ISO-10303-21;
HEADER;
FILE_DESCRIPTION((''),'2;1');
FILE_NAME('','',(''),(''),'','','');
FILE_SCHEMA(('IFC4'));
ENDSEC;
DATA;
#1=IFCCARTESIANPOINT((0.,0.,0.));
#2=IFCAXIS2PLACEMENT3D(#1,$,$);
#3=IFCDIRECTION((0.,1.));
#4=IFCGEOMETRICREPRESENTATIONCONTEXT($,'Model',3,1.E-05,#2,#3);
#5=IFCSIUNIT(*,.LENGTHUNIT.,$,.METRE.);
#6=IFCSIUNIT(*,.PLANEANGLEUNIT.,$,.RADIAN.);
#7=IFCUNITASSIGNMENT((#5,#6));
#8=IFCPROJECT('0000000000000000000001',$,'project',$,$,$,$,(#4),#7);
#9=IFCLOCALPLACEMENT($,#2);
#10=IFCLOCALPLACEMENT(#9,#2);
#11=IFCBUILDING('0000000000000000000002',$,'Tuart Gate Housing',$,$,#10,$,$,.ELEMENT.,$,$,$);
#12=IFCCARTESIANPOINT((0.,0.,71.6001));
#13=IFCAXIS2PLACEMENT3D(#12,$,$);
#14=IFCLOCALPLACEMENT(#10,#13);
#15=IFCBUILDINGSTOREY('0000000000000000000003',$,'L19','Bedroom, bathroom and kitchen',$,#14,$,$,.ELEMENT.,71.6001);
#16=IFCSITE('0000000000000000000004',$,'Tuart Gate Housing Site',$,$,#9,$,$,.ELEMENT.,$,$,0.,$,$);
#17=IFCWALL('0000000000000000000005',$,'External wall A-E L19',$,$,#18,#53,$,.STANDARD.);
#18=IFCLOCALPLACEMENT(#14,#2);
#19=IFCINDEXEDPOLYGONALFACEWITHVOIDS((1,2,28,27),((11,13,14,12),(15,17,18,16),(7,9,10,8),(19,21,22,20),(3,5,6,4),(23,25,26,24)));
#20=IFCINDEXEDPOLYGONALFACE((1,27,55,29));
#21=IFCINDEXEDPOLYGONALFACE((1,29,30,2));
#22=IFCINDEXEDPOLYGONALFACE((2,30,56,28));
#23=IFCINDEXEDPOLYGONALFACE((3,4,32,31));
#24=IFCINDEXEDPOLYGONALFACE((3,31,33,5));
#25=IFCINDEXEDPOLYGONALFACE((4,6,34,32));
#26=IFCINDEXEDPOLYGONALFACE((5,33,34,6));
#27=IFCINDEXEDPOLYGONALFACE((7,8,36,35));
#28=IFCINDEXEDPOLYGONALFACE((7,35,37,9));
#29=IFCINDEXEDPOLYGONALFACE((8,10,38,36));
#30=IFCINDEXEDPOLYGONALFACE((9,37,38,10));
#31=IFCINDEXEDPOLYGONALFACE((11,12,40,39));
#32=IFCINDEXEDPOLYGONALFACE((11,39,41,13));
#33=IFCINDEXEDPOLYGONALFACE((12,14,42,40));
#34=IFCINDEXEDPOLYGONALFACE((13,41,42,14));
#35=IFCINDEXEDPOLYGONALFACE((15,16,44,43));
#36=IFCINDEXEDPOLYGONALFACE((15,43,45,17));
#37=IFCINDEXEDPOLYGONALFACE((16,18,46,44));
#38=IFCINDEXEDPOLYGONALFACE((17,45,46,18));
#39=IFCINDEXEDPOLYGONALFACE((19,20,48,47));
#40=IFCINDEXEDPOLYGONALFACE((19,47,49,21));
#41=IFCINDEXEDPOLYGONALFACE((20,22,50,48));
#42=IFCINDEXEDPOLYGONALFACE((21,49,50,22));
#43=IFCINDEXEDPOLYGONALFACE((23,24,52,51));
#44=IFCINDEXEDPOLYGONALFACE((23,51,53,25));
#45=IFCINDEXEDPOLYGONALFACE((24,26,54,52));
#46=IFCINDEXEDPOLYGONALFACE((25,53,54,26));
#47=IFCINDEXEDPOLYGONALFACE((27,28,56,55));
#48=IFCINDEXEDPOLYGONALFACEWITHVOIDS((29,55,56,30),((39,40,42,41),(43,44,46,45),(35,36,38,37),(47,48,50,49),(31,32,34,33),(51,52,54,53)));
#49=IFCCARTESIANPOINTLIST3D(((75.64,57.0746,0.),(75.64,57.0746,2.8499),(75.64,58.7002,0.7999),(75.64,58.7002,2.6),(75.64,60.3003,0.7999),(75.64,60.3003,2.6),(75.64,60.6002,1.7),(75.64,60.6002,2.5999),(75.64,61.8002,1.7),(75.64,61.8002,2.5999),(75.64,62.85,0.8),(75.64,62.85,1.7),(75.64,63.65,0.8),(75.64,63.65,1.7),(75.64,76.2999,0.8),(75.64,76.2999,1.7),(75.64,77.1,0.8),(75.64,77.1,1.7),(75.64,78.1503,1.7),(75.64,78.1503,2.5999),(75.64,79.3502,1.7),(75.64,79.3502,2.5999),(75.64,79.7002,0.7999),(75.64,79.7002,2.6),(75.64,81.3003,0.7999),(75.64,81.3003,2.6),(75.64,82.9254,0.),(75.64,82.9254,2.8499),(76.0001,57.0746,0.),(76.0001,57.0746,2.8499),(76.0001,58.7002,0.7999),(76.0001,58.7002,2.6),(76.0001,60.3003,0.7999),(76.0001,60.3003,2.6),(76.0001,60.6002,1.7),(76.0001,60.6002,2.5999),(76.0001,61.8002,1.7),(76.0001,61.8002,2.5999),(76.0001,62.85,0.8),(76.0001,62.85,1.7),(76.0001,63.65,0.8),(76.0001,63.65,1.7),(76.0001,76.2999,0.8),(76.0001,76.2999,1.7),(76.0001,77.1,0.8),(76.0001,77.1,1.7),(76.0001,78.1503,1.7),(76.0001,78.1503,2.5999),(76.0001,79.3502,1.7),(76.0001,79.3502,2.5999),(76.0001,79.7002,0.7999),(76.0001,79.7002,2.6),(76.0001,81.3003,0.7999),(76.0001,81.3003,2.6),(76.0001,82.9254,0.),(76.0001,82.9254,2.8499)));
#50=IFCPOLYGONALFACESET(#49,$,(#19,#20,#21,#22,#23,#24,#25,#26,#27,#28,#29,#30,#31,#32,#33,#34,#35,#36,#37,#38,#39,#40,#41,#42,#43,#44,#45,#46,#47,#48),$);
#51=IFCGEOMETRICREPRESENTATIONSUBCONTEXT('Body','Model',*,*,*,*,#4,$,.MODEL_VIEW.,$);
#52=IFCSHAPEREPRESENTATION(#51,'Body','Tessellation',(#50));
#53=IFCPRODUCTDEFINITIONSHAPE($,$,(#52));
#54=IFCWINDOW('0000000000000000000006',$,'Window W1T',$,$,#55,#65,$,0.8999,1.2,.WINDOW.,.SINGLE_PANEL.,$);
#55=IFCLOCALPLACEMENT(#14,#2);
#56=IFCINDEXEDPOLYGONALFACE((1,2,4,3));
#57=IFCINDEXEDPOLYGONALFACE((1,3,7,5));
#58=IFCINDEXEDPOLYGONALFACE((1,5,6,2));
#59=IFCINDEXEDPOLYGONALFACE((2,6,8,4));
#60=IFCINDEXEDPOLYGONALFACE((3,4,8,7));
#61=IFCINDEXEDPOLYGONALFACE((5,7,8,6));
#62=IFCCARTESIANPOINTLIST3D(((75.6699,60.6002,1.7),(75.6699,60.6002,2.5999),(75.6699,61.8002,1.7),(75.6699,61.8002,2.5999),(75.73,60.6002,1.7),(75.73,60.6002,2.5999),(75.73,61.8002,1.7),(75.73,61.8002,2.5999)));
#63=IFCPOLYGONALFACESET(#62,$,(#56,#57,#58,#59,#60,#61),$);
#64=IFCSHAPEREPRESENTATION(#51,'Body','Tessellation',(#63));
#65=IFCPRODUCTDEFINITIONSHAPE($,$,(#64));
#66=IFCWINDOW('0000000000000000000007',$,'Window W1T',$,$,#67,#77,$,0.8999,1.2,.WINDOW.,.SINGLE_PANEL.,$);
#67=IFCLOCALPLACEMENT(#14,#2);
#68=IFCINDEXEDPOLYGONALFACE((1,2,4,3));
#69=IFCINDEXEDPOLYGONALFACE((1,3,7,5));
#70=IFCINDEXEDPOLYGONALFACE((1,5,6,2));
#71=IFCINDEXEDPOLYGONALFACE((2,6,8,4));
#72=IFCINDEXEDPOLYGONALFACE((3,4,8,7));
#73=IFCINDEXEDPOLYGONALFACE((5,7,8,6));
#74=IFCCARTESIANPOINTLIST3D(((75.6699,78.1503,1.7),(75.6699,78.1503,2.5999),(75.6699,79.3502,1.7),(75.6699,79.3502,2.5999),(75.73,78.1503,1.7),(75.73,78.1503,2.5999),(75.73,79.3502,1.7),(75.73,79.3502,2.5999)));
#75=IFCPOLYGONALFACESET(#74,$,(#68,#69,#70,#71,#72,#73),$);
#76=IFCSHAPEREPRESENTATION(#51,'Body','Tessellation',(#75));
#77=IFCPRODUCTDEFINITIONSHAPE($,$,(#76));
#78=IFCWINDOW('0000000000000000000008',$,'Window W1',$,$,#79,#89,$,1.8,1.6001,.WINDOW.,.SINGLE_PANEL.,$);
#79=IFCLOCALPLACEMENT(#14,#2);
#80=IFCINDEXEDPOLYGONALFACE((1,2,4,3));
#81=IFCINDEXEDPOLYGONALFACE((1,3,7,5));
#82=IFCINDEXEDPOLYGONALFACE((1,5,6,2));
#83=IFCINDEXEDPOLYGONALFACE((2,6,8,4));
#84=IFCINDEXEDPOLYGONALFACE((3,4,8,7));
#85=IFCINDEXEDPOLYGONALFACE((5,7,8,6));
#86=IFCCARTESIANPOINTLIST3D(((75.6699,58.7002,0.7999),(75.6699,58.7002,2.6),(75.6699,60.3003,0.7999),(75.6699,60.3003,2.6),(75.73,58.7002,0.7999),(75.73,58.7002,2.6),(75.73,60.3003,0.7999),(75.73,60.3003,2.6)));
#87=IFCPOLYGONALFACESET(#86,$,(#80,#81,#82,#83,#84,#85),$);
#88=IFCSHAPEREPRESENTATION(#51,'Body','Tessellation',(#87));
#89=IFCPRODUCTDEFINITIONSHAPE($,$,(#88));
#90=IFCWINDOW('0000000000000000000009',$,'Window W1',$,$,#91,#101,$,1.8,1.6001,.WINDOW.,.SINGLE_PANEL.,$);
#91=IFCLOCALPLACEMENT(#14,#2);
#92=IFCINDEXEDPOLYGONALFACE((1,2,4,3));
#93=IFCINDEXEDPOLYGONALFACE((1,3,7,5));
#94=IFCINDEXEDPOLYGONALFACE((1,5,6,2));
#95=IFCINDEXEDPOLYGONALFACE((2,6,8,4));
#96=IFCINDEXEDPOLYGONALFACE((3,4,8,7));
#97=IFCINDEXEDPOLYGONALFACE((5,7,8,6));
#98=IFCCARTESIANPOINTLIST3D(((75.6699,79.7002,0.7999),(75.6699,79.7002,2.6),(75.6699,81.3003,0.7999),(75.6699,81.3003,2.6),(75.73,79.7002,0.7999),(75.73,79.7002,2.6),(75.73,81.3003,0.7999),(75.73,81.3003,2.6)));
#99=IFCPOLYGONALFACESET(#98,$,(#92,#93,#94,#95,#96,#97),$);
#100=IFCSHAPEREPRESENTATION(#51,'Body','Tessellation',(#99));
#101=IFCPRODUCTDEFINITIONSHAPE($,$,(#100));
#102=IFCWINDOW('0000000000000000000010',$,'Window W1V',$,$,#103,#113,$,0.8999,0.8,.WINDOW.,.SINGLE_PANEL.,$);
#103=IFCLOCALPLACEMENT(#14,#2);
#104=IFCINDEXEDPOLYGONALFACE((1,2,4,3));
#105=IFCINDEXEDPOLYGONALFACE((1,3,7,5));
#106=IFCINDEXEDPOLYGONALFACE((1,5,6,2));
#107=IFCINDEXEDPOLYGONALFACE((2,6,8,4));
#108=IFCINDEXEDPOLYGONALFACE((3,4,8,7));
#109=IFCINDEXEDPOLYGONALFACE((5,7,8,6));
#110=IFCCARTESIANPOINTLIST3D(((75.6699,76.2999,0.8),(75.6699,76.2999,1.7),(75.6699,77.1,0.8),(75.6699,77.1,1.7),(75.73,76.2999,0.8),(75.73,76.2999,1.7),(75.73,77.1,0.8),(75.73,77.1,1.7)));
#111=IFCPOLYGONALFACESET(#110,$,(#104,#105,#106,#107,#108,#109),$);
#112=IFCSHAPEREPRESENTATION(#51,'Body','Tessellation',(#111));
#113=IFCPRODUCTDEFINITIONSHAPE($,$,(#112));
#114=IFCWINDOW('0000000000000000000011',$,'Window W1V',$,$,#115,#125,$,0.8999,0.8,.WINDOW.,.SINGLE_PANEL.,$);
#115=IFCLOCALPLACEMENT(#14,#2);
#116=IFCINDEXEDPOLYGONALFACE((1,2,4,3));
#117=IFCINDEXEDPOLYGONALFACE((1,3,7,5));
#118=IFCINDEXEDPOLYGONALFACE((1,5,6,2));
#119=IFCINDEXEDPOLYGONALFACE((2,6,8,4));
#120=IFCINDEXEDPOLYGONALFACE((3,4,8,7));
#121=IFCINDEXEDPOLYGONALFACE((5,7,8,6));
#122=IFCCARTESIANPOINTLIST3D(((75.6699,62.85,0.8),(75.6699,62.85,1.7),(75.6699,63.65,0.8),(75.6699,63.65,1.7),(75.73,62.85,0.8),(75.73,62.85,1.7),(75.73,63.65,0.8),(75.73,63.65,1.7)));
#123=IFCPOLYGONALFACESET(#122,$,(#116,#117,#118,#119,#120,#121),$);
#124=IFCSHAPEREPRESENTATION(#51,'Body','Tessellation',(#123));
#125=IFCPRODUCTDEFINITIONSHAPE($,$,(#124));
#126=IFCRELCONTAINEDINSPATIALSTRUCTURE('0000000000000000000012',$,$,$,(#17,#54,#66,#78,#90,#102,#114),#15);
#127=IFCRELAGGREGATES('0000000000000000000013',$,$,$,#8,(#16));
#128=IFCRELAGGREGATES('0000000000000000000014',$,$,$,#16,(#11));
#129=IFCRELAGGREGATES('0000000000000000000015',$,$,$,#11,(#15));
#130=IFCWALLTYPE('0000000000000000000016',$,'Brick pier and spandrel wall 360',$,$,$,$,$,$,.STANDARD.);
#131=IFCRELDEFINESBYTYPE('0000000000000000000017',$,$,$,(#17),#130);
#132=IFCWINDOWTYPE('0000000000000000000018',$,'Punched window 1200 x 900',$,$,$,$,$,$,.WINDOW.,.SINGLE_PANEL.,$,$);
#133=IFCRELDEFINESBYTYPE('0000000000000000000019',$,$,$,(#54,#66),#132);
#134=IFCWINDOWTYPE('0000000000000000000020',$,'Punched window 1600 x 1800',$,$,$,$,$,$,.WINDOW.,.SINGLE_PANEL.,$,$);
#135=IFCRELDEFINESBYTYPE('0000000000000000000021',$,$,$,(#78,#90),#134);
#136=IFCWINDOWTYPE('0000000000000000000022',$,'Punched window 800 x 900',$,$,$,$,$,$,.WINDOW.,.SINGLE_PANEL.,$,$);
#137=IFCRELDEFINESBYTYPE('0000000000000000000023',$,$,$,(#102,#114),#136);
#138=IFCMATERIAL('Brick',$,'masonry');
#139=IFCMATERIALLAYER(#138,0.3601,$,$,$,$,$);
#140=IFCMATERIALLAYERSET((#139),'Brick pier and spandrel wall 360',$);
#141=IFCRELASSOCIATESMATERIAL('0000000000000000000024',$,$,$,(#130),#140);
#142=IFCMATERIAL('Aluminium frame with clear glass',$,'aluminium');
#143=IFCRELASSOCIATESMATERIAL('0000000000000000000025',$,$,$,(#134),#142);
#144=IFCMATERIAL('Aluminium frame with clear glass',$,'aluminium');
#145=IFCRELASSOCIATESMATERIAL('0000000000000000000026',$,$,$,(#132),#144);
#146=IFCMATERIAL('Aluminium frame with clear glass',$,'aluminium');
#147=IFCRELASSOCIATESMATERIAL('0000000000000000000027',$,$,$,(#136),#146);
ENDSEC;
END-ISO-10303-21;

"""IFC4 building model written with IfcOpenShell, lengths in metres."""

from ifc_helpers import new_model, si_unit, direction, frame, frame_2d, origin, place, context, subcontext, project, spatial, rectangle, extrude, material, layer, layer_set, type_object, element, fill, save


model = new_model("IFC4")

# Units and contexts
model_context = context("Model", 3, precision=1e-05, world=origin(), true_north=direction((0.0, 1.0)))
body_context = subcontext(model_context, "Body", "Model", "MODEL_VIEW")
ifc_project = project(units=[si_unit("LENGTHUNIT", "METRE"), si_unit("PLANEANGLEUNIT", "RADIAN")], contexts=[model_context])

# Site, building, storey
site_placement = place(None, origin())
site = spatial("IfcSite", under=ifc_project, at=site_placement, Name="Tuart Gate Housing Site", CompositionType="ELEMENT", RefElevation=0.0)
building_placement = place(site_placement, origin())
building = spatial("IfcBuilding", under=site, at=building_placement, Name="Tuart Gate Housing", CompositionType="ELEMENT")
storey_placement = place(building_placement, frame((0.0, 0.0, 71.6001)))
storey = spatial("IfcBuildingStorey", under=building, at=storey_placement, Name="L19", Description="Bedroom, bathroom and kitchen", CompositionType="ELEMENT", Elevation=71.6001)

# Shared definitions
ifc_material_1 = material(Name="Brick", Category="masonry")
ifc_layer = layer(ifc_material_1, 0.3601)
ifc_layer_set = layer_set([ifc_layer], Name="Brick pier and spandrel wall 360")
wall_type = type_object("IfcWallType", Name="Brick pier and spandrel wall 360", PredefinedType="STANDARD", material=ifc_layer_set)
ifc_material_2 = material(Name="Aluminium frame with clear glass", Category="aluminium")
window_type_1 = type_object("IfcWindowType", Name="Punched window 1600 x 1800", PartitioningType="SINGLE_PANEL", PredefinedType="WINDOW", material=ifc_material_2)

# Wall, openings, windows
wall_1_placement = place(storey_placement, frame((75.8201, 57.0747, 0.0), z_axis=(0.0, 0.0, 1.0), x_axis=(0.0, 1.0, 0.0)))
wall_1 = element("IfcWall", 1, at=wall_1_placement, inside=storey, type_object=wall_type, Name="External wall A-E L19", PredefinedType="STANDARD", context=body_context, shape_type="SweptSolid", body=[
    extrude(rectangle(XDim=25.8508, YDim=0.3601, at=frame_2d((12.9253, 0.0))), origin(), (0.0, 0.0, 1.0), 2.8499),
])
opening_1_placement = place(wall_1_placement, frame((1.6255, 0.0, 0.8)))
opening_1 = element("IfcOpeningElement", 2, at=opening_1_placement, cuts=wall_1, PredefinedType="OPENING", context=body_context, shape_type="SweptSolid", body=[
    extrude(rectangle(XDim=1.6001, YDim=1.8, at=frame_2d((0.8, 0.8999))), frame((0.0, 0.1899, 0.0), z_axis=(0.0, -1.0, 0.0), x_axis=(1.0, 0.0, 0.0)), (0.0, 0.0, 1.0), 0.3801),
])
opening_2_placement = place(wall_1_placement, frame((3.5254, 0.0, 1.7)))
opening_2 = element("IfcOpeningElement", 3, at=opening_2_placement, cuts=wall_1, PredefinedType="OPENING", context=body_context, shape_type="SweptSolid", body=[
    extrude(rectangle(XDim=1.2, YDim=0.8999, at=frame_2d((0.6001, 0.45))), frame((0.0, 0.1899, 0.0), z_axis=(0.0, -1.0, 0.0), x_axis=(1.0, 0.0, 0.0)), (0.0, 0.0, 1.0), 0.3801),
])
opening_3_placement = place(wall_1_placement, frame((19.2253, 0.0, 0.8)))
opening_3 = element("IfcOpeningElement", 4, at=opening_3_placement, cuts=wall_1, PredefinedType="OPENING", context=body_context, shape_type="SweptSolid", body=[
    extrude(rectangle(XDim=0.8, YDim=0.8999, at=frame_2d((0.3999, 0.45))), frame((0.0, 0.1899, 0.0), z_axis=(0.0, -1.0, 0.0), x_axis=(1.0, 0.0, 0.0)), (0.0, 0.0, 1.0), 0.3801),
])
opening_4_placement = place(wall_1_placement, frame((22.6255, 0.0, 0.8)))
opening_4 = element("IfcOpeningElement", 5, at=opening_4_placement, cuts=wall_1, PredefinedType="OPENING", context=body_context, shape_type="SweptSolid", body=[
    extrude(rectangle(XDim=1.6001, YDim=1.8, at=frame_2d((0.8, 0.8999))), frame((0.0, 0.1899, 0.0), z_axis=(0.0, -1.0, 0.0), x_axis=(1.0, 0.0, 0.0)), (0.0, 0.0, 1.0), 0.3801),
])
opening_5_placement = place(wall_1_placement, frame((5.7754, 0.0, 0.8)))
opening_5 = element("IfcOpeningElement", 6, at=opening_5_placement, cuts=wall_1, PredefinedType="OPENING", context=body_context, shape_type="SweptSolid", body=[
    extrude(rectangle(XDim=0.8, YDim=0.8999, at=frame_2d((0.3999, 0.45))), frame((0.0, 0.1899, 0.0), z_axis=(0.0, -1.0, 0.0), x_axis=(1.0, 0.0, 0.0)), (0.0, 0.0, 1.0), 0.3801),
])
opening_6_placement = place(wall_1_placement, frame((21.0754, 0.0, 1.7)))
opening_6 = element("IfcOpeningElement", 7, at=opening_6_placement, cuts=wall_1, PredefinedType="OPENING", context=body_context, shape_type="SweptSolid", body=[
    extrude(rectangle(XDim=1.2, YDim=0.8999, at=frame_2d((0.6001, 0.45))), frame((0.0, 0.1899, 0.0), z_axis=(0.0, -1.0, 0.0), x_axis=(1.0, 0.0, 0.0)), (0.0, 0.0, 1.0), 0.3801),
])
ifc_material_3 = material(Name="Aluminium frame with clear glass", Category="aluminium")
window_type_2 = type_object("IfcWindowType", Name="Punched window 1200 x 900", PartitioningType="SINGLE_PANEL", PredefinedType="WINDOW", material=ifc_material_3)
window_1_placement = place(opening_2_placement, origin())
window_1 = element("IfcWindow", 8, at=window_1_placement, inside=storey, type_object=window_type_2, Name="Window W1T", OverallHeight=0.8999, OverallWidth=1.2, PartitioningType="SINGLE_PANEL", PredefinedType="WINDOW", context=body_context, shape_type="SweptSolid", body=[
    extrude(rectangle(XDim=1.2, YDim=0.8999, at=frame_2d((0.6001, 0.45))), frame((0.0, 0.1501, 0.0), z_axis=(0.0, -1.0, 0.0), x_axis=(1.0, 0.0, 0.0)), (0.0, 0.0, 1.0), 0.0601),
])
fill(opening_2, window_1)
window_2_placement = place(opening_6_placement, origin())
window_2 = element("IfcWindow", 9, at=window_2_placement, inside=storey, type_object=window_type_2, Name="Window W1T", OverallHeight=0.8999, OverallWidth=1.2, PartitioningType="SINGLE_PANEL", PredefinedType="WINDOW", context=body_context, shape_type="SweptSolid", body=[
    extrude(rectangle(XDim=1.2, YDim=0.8999, at=frame_2d((0.6001, 0.45))), frame((0.0, 0.1501, 0.0), z_axis=(0.0, -1.0, 0.0), x_axis=(1.0, 0.0, 0.0)), (0.0, 0.0, 1.0), 0.0601),
])
fill(opening_6, window_2)
window_3_placement = place(opening_1_placement, origin())
window_3 = element("IfcWindow", 10, at=window_3_placement, inside=storey, type_object=window_type_1, Name="Window W1", OverallHeight=1.8, OverallWidth=1.6001, PartitioningType="SINGLE_PANEL", PredefinedType="WINDOW", context=body_context, shape_type="SweptSolid", body=[
    extrude(rectangle(XDim=1.6001, YDim=1.8, at=frame_2d((0.8, 0.8999))), frame((0.0, 0.1501, 0.0), z_axis=(0.0, -1.0, 0.0), x_axis=(1.0, 0.0, 0.0)), (0.0, 0.0, 1.0), 0.0601),
])
fill(opening_1, window_3)
window_4_placement = place(opening_4_placement, origin())
window_4 = element("IfcWindow", 11, at=window_4_placement, inside=storey, type_object=window_type_1, Name="Window W1", OverallHeight=1.8, OverallWidth=1.6001, PartitioningType="SINGLE_PANEL", PredefinedType="WINDOW", context=body_context, shape_type="SweptSolid", body=[
    extrude(rectangle(XDim=1.6001, YDim=1.8, at=frame_2d((0.8, 0.8999))), frame((0.0, 0.1501, 0.0), z_axis=(0.0, -1.0, 0.0), x_axis=(1.0, 0.0, 0.0)), (0.0, 0.0, 1.0), 0.0601),
])
fill(opening_4, window_4)
ifc_material_4 = material(Name="Aluminium frame with clear glass", Category="aluminium")
window_type_3 = type_object("IfcWindowType", Name="Punched window 800 x 900", PartitioningType="SINGLE_PANEL", PredefinedType="WINDOW", material=ifc_material_4)
window_5_placement = place(opening_3_placement, origin())
window_5 = element("IfcWindow", 12, at=window_5_placement, inside=storey, type_object=window_type_3, Name="Window W1V", OverallHeight=0.8999, OverallWidth=0.8, PartitioningType="SINGLE_PANEL", PredefinedType="WINDOW", context=body_context, shape_type="SweptSolid", body=[
    extrude(rectangle(XDim=0.8, YDim=0.8999, at=frame_2d((0.3999, 0.45))), frame((0.0, 0.1501, 0.0), z_axis=(0.0, -1.0, 0.0), x_axis=(1.0, 0.0, 0.0)), (0.0, 0.0, 1.0), 0.0601),
])
fill(opening_3, window_5)
window_6_placement = place(opening_5_placement, origin())
window_6 = element("IfcWindow", 13, at=window_6_placement, inside=storey, type_object=window_type_3, Name="Window W1V", OverallHeight=0.8999, OverallWidth=0.8, PartitioningType="SINGLE_PANEL", PredefinedType="WINDOW", context=body_context, shape_type="SweptSolid", body=[
    extrude(rectangle(XDim=0.8, YDim=0.8999, at=frame_2d((0.3999, 0.45))), frame((0.0, 0.1501, 0.0), z_axis=(0.0, -1.0, 0.0), x_axis=(1.0, 0.0, 0.0)), (0.0, 0.0, 1.0), 0.0601),
])
fill(opening_5, window_6)

save(model, "model.ifc")
